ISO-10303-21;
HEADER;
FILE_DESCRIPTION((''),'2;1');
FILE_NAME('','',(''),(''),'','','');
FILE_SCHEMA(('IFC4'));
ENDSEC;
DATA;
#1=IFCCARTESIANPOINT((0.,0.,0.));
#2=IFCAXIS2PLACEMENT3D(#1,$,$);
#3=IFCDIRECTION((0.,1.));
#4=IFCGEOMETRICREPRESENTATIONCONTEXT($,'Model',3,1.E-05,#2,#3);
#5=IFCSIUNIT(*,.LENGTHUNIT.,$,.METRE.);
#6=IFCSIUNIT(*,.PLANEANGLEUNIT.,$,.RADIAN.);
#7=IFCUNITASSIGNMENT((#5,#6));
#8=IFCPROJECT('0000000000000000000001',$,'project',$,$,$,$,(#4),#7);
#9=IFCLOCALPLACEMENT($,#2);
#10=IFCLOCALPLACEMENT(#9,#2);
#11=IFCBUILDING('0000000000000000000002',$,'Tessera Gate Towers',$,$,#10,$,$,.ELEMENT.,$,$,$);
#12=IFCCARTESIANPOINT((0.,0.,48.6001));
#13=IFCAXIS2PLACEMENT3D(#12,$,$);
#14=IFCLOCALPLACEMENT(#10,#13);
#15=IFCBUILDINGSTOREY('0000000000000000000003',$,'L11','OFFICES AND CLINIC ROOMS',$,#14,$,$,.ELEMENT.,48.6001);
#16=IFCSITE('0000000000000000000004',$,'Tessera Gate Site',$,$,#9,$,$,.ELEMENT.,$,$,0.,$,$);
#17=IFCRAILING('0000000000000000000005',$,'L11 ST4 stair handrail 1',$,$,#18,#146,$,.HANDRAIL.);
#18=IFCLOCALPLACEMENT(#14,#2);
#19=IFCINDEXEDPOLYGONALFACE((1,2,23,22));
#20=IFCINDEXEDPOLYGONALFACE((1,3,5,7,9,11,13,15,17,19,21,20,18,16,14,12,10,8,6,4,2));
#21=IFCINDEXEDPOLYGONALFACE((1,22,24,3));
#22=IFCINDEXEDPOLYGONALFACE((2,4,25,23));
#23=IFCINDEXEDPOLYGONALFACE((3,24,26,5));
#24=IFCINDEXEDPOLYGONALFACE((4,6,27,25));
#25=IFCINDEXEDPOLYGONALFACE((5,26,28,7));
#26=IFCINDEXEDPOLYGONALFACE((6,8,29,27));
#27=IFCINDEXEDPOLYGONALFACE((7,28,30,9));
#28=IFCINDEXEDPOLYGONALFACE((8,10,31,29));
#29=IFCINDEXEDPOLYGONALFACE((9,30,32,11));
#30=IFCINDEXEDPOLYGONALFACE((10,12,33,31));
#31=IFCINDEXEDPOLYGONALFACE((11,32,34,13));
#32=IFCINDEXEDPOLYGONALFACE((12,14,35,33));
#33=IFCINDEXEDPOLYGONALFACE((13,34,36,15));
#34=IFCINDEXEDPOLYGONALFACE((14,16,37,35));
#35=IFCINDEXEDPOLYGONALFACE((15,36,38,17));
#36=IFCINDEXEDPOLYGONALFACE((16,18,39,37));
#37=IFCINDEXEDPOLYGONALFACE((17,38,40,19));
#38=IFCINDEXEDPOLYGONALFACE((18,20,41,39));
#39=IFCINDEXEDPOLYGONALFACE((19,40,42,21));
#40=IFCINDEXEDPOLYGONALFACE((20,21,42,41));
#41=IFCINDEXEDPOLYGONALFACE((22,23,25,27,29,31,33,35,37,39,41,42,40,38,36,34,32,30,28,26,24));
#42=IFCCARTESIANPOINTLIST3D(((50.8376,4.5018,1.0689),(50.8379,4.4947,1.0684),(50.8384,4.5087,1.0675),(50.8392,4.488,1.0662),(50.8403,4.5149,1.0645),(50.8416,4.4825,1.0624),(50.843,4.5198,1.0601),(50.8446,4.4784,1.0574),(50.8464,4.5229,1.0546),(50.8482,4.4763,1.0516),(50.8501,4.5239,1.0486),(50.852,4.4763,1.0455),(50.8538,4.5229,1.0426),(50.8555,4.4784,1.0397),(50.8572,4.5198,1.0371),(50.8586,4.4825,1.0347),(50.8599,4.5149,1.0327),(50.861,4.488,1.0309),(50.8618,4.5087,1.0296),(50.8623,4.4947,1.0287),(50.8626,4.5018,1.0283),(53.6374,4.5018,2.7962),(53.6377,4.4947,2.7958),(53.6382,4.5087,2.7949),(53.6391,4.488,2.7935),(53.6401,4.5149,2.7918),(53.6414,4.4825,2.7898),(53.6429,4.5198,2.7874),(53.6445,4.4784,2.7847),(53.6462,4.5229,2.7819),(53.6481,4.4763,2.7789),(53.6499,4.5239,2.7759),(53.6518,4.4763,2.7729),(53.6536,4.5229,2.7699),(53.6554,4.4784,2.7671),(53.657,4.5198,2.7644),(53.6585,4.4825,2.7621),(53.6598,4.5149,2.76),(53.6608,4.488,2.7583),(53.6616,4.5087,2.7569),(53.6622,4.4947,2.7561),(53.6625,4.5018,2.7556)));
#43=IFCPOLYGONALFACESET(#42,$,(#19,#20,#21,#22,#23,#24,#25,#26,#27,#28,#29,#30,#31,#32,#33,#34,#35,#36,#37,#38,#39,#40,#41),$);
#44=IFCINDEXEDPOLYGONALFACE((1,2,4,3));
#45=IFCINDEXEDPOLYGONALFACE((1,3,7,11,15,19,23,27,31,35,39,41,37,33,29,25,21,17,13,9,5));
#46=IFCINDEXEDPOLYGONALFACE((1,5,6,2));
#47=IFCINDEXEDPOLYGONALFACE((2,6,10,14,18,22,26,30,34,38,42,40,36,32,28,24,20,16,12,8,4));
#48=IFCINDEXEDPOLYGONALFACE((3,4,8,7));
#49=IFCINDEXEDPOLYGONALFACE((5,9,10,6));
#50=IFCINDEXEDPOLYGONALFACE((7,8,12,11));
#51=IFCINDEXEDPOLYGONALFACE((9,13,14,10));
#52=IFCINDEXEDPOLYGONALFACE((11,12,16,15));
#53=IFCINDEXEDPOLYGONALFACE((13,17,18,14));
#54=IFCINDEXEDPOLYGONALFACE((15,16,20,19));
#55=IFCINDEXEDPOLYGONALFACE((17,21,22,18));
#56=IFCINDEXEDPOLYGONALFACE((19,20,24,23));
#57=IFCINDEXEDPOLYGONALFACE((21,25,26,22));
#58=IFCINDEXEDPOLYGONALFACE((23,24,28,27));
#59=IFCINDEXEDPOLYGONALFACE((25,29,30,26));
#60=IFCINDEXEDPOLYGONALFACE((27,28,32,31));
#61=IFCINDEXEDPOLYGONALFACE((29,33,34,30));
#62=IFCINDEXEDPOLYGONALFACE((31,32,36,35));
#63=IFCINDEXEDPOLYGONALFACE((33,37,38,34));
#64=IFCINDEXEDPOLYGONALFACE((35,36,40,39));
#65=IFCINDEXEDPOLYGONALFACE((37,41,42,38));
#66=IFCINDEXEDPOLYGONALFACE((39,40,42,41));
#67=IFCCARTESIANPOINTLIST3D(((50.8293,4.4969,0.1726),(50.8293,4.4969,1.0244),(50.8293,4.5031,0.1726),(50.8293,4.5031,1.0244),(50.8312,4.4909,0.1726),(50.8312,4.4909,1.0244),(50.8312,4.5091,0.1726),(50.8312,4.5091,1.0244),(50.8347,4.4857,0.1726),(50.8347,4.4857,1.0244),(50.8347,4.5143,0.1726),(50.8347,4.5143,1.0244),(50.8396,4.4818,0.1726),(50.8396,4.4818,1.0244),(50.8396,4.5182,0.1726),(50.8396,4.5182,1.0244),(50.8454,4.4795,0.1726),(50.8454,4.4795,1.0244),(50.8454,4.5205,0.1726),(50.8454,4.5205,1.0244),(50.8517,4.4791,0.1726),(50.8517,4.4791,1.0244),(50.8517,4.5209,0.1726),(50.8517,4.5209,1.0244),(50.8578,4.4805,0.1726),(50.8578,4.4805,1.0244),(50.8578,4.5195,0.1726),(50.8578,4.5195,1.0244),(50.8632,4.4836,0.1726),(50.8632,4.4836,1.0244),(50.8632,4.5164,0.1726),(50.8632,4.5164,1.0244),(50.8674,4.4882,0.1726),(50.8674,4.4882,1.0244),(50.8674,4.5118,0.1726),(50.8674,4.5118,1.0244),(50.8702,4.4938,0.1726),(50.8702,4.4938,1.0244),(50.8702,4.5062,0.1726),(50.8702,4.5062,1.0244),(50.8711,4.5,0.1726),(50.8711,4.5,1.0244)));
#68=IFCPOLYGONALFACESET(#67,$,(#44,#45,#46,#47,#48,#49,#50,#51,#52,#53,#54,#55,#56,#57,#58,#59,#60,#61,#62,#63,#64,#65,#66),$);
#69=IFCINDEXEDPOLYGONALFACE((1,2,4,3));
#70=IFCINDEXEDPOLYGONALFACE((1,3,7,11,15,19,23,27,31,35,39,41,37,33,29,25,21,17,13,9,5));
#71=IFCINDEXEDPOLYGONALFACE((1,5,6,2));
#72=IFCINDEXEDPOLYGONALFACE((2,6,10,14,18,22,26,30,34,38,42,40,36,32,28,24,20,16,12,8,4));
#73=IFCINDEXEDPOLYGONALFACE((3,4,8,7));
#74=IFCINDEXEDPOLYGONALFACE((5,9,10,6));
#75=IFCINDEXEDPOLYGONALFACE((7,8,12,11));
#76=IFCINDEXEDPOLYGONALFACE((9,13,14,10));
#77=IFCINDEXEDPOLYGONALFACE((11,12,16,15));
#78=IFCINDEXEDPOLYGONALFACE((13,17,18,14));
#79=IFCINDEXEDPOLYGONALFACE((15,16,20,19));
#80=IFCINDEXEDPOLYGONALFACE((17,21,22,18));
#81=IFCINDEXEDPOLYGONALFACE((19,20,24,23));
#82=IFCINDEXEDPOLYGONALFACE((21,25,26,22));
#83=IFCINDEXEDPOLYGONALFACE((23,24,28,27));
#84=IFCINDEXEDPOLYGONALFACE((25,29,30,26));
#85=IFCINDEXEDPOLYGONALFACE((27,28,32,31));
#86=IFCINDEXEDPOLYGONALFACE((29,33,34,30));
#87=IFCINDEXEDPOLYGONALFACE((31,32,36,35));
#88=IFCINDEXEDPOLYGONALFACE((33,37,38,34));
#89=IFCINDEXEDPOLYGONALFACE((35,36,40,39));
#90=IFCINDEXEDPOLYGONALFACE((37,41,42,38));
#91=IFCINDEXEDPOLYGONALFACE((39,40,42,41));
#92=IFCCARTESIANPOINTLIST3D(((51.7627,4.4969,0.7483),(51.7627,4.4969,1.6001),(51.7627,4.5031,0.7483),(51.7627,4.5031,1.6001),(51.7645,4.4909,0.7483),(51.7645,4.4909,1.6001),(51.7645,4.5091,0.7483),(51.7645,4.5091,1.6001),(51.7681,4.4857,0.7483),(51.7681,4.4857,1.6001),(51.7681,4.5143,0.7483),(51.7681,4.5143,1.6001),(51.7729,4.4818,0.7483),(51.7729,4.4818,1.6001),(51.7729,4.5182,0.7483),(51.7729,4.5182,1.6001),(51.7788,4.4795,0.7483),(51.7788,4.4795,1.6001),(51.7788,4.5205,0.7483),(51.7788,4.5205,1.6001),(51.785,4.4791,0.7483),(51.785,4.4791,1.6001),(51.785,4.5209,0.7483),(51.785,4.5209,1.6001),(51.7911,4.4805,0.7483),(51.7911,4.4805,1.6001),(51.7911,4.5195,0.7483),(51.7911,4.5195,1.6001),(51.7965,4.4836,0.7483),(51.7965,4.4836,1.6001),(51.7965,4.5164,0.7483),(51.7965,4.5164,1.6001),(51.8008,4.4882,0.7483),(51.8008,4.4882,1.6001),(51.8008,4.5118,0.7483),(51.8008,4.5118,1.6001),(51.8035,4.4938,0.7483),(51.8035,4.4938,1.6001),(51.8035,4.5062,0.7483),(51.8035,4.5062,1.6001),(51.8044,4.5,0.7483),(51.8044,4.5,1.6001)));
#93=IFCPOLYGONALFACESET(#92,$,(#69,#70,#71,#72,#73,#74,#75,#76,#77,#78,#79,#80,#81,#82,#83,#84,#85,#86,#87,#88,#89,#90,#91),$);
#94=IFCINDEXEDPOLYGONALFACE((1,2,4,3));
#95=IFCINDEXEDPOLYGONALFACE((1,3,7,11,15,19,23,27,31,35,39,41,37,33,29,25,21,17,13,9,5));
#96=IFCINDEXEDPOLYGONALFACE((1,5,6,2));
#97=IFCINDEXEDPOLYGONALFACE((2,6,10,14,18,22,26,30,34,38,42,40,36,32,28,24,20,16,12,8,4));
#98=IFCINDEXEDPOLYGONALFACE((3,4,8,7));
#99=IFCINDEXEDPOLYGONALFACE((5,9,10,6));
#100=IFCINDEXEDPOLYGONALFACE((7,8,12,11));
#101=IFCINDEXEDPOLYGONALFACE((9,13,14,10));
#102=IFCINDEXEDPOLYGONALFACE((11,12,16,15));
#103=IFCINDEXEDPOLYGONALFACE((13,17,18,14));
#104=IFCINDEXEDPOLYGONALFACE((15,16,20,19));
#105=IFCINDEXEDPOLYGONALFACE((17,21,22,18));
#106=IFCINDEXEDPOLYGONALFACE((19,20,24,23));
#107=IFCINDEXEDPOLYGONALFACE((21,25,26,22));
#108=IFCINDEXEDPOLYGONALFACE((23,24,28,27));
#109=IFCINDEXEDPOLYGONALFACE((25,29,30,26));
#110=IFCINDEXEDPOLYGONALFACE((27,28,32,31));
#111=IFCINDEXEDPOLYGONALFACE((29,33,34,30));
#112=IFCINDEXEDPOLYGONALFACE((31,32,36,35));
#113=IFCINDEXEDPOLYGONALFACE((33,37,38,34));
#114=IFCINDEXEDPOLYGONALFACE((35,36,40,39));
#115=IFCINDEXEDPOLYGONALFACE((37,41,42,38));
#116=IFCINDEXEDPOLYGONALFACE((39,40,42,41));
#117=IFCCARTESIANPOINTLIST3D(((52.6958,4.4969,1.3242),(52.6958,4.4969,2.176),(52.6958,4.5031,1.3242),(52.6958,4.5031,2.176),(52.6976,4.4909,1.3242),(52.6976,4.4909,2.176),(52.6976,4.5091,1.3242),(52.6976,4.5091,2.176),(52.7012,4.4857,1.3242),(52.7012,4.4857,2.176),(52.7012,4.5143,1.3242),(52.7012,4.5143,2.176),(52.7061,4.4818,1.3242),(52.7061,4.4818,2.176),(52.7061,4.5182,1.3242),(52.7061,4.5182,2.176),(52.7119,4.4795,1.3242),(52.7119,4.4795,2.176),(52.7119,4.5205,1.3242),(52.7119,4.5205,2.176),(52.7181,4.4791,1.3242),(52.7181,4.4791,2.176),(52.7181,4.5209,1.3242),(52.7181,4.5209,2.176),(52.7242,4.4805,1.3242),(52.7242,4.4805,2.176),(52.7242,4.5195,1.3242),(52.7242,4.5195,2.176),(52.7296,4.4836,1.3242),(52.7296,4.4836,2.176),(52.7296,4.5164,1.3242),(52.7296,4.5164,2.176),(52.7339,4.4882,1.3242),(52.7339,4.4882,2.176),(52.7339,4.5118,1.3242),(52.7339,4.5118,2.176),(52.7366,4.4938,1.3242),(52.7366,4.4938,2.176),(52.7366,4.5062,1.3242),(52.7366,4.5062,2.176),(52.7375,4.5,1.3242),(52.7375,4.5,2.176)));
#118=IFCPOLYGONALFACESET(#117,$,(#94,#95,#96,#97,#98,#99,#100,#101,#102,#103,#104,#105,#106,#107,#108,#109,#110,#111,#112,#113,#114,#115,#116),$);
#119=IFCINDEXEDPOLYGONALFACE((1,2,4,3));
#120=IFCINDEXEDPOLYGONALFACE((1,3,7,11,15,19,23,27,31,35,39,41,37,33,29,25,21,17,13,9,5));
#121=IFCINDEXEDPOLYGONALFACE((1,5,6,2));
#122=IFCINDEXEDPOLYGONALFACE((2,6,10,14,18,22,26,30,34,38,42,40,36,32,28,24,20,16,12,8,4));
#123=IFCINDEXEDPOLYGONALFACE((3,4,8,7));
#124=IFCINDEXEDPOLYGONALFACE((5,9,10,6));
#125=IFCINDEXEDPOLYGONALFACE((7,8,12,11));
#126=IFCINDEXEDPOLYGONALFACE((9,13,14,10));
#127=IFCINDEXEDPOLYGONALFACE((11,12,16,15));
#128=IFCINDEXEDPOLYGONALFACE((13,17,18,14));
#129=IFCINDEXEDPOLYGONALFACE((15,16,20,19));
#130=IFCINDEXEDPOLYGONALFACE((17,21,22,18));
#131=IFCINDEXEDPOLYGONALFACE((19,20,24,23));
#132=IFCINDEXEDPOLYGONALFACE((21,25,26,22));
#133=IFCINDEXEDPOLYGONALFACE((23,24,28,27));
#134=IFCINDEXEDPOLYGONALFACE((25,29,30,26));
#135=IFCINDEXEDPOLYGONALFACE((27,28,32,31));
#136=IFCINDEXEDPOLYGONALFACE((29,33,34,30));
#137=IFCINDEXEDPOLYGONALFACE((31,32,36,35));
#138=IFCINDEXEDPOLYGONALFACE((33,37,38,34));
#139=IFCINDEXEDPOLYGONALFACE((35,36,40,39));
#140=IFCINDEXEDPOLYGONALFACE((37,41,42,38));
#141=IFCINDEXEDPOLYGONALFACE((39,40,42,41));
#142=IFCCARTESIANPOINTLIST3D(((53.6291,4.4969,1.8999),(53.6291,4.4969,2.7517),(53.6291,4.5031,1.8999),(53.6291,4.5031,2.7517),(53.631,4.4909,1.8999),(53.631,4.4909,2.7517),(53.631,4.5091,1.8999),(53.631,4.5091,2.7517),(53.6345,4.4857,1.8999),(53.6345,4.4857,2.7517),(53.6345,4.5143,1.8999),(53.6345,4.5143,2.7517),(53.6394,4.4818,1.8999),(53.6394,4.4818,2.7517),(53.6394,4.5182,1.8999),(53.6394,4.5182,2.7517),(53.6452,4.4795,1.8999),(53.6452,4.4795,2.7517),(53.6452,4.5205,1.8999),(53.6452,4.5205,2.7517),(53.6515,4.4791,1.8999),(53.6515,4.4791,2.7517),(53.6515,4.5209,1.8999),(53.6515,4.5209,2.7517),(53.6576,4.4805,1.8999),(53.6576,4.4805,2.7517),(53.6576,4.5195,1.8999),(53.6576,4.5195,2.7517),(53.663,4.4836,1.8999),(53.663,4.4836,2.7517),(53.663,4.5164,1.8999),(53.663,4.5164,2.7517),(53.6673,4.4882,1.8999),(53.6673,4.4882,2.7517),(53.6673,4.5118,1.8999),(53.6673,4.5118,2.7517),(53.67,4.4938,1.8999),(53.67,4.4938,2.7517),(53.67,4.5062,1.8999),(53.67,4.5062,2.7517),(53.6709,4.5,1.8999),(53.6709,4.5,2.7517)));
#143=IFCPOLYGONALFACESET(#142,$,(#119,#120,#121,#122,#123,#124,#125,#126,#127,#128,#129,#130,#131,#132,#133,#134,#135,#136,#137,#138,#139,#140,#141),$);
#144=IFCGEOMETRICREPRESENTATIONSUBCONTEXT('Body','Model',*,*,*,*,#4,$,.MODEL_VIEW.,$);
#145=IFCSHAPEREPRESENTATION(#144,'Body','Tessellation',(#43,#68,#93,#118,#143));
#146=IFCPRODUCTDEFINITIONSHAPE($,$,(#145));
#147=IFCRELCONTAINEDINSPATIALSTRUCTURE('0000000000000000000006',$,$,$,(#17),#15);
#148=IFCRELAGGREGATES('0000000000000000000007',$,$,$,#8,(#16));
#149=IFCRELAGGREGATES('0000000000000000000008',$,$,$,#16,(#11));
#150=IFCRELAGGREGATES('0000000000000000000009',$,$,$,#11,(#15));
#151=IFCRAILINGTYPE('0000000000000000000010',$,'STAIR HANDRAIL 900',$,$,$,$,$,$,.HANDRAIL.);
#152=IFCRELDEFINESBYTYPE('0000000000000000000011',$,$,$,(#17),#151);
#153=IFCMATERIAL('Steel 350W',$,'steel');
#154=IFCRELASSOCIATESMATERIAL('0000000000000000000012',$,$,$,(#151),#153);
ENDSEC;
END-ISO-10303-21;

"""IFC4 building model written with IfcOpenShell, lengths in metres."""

from ifc_helpers import new_model, si_unit, direction, frame, origin, origin_2d, place, context, subcontext, project, spatial, circle, extrude, material, type_object, element, save


model = new_model("IFC4")

# Units and contexts
model_context = context("Model", 3, precision=1e-05, world=origin(), true_north=direction((0.0, 1.0)))
body_context = subcontext(model_context, "Body", "Model", "MODEL_VIEW")
ifc_project = project(units=[si_unit("LENGTHUNIT", "METRE"), si_unit("PLANEANGLEUNIT", "RADIAN")], contexts=[model_context])

# Site, building, storey
site_placement = place(None, origin())
site = spatial("IfcSite", under=ifc_project, at=site_placement, Name="Tessera Gate Site", CompositionType="ELEMENT", RefElevation=0.0)
building_placement = place(site_placement, origin())
building = spatial("IfcBuilding", under=site, at=building_placement, Name="Tessera Gate Towers", CompositionType="ELEMENT")
storey_placement = place(building_placement, frame((0.0, 0.0, 48.6001)))
storey = spatial("IfcBuildingStorey", under=building, at=storey_placement, Name="L11", Description="OFFICES AND CLINIC ROOMS", CompositionType="ELEMENT", Elevation=48.6001)

# Railing
ifc_material_1 = material(Name="Steel 350W", Category="steel")
railing_type = type_object("IfcRailingType", Name="STAIR HANDRAIL 900", PredefinedType="HANDRAIL", material=ifc_material_1)
railing_1_placement = place(storey_placement, frame((50.8501, 4.5, 0.1726)))
element("IfcRailing", 1, at=railing_1_placement, inside=storey, type_object=railing_type, Name="L11 ST4 stair handrail 1", PredefinedType="HANDRAIL", context=body_context, shape_type="SweptSolid", body=[
    extrude(circle(Radius=0.0239, at=origin_2d()), frame((0.0, 0.0, 0.876), z_axis=(0.851069, 0.0, 0.525054), x_axis=(0.0, 1.0, 0.0)), (0.0, 0.0, 1.0), 3.2898),
    extrude(circle(Radius=0.021, at=origin_2d()), origin(), (0.0, 0.0, 1.0), 0.8518),
    extrude(circle(Radius=0.021, at=origin_2d()), frame((0.9333, 0.0, 0.5757)), (0.0, 0.0, 1.0), 0.8518),
    extrude(circle(Radius=0.021, at=origin_2d()), frame((1.8665, 0.0, 1.1516)), (0.0, 0.0, 1.0), 0.8518),
    extrude(circle(Radius=0.021, at=origin_2d()), frame((2.7998, 0.0, 1.7273)), (0.0, 0.0, 1.0), 0.8518),
])

save(model, "model.ifc")
